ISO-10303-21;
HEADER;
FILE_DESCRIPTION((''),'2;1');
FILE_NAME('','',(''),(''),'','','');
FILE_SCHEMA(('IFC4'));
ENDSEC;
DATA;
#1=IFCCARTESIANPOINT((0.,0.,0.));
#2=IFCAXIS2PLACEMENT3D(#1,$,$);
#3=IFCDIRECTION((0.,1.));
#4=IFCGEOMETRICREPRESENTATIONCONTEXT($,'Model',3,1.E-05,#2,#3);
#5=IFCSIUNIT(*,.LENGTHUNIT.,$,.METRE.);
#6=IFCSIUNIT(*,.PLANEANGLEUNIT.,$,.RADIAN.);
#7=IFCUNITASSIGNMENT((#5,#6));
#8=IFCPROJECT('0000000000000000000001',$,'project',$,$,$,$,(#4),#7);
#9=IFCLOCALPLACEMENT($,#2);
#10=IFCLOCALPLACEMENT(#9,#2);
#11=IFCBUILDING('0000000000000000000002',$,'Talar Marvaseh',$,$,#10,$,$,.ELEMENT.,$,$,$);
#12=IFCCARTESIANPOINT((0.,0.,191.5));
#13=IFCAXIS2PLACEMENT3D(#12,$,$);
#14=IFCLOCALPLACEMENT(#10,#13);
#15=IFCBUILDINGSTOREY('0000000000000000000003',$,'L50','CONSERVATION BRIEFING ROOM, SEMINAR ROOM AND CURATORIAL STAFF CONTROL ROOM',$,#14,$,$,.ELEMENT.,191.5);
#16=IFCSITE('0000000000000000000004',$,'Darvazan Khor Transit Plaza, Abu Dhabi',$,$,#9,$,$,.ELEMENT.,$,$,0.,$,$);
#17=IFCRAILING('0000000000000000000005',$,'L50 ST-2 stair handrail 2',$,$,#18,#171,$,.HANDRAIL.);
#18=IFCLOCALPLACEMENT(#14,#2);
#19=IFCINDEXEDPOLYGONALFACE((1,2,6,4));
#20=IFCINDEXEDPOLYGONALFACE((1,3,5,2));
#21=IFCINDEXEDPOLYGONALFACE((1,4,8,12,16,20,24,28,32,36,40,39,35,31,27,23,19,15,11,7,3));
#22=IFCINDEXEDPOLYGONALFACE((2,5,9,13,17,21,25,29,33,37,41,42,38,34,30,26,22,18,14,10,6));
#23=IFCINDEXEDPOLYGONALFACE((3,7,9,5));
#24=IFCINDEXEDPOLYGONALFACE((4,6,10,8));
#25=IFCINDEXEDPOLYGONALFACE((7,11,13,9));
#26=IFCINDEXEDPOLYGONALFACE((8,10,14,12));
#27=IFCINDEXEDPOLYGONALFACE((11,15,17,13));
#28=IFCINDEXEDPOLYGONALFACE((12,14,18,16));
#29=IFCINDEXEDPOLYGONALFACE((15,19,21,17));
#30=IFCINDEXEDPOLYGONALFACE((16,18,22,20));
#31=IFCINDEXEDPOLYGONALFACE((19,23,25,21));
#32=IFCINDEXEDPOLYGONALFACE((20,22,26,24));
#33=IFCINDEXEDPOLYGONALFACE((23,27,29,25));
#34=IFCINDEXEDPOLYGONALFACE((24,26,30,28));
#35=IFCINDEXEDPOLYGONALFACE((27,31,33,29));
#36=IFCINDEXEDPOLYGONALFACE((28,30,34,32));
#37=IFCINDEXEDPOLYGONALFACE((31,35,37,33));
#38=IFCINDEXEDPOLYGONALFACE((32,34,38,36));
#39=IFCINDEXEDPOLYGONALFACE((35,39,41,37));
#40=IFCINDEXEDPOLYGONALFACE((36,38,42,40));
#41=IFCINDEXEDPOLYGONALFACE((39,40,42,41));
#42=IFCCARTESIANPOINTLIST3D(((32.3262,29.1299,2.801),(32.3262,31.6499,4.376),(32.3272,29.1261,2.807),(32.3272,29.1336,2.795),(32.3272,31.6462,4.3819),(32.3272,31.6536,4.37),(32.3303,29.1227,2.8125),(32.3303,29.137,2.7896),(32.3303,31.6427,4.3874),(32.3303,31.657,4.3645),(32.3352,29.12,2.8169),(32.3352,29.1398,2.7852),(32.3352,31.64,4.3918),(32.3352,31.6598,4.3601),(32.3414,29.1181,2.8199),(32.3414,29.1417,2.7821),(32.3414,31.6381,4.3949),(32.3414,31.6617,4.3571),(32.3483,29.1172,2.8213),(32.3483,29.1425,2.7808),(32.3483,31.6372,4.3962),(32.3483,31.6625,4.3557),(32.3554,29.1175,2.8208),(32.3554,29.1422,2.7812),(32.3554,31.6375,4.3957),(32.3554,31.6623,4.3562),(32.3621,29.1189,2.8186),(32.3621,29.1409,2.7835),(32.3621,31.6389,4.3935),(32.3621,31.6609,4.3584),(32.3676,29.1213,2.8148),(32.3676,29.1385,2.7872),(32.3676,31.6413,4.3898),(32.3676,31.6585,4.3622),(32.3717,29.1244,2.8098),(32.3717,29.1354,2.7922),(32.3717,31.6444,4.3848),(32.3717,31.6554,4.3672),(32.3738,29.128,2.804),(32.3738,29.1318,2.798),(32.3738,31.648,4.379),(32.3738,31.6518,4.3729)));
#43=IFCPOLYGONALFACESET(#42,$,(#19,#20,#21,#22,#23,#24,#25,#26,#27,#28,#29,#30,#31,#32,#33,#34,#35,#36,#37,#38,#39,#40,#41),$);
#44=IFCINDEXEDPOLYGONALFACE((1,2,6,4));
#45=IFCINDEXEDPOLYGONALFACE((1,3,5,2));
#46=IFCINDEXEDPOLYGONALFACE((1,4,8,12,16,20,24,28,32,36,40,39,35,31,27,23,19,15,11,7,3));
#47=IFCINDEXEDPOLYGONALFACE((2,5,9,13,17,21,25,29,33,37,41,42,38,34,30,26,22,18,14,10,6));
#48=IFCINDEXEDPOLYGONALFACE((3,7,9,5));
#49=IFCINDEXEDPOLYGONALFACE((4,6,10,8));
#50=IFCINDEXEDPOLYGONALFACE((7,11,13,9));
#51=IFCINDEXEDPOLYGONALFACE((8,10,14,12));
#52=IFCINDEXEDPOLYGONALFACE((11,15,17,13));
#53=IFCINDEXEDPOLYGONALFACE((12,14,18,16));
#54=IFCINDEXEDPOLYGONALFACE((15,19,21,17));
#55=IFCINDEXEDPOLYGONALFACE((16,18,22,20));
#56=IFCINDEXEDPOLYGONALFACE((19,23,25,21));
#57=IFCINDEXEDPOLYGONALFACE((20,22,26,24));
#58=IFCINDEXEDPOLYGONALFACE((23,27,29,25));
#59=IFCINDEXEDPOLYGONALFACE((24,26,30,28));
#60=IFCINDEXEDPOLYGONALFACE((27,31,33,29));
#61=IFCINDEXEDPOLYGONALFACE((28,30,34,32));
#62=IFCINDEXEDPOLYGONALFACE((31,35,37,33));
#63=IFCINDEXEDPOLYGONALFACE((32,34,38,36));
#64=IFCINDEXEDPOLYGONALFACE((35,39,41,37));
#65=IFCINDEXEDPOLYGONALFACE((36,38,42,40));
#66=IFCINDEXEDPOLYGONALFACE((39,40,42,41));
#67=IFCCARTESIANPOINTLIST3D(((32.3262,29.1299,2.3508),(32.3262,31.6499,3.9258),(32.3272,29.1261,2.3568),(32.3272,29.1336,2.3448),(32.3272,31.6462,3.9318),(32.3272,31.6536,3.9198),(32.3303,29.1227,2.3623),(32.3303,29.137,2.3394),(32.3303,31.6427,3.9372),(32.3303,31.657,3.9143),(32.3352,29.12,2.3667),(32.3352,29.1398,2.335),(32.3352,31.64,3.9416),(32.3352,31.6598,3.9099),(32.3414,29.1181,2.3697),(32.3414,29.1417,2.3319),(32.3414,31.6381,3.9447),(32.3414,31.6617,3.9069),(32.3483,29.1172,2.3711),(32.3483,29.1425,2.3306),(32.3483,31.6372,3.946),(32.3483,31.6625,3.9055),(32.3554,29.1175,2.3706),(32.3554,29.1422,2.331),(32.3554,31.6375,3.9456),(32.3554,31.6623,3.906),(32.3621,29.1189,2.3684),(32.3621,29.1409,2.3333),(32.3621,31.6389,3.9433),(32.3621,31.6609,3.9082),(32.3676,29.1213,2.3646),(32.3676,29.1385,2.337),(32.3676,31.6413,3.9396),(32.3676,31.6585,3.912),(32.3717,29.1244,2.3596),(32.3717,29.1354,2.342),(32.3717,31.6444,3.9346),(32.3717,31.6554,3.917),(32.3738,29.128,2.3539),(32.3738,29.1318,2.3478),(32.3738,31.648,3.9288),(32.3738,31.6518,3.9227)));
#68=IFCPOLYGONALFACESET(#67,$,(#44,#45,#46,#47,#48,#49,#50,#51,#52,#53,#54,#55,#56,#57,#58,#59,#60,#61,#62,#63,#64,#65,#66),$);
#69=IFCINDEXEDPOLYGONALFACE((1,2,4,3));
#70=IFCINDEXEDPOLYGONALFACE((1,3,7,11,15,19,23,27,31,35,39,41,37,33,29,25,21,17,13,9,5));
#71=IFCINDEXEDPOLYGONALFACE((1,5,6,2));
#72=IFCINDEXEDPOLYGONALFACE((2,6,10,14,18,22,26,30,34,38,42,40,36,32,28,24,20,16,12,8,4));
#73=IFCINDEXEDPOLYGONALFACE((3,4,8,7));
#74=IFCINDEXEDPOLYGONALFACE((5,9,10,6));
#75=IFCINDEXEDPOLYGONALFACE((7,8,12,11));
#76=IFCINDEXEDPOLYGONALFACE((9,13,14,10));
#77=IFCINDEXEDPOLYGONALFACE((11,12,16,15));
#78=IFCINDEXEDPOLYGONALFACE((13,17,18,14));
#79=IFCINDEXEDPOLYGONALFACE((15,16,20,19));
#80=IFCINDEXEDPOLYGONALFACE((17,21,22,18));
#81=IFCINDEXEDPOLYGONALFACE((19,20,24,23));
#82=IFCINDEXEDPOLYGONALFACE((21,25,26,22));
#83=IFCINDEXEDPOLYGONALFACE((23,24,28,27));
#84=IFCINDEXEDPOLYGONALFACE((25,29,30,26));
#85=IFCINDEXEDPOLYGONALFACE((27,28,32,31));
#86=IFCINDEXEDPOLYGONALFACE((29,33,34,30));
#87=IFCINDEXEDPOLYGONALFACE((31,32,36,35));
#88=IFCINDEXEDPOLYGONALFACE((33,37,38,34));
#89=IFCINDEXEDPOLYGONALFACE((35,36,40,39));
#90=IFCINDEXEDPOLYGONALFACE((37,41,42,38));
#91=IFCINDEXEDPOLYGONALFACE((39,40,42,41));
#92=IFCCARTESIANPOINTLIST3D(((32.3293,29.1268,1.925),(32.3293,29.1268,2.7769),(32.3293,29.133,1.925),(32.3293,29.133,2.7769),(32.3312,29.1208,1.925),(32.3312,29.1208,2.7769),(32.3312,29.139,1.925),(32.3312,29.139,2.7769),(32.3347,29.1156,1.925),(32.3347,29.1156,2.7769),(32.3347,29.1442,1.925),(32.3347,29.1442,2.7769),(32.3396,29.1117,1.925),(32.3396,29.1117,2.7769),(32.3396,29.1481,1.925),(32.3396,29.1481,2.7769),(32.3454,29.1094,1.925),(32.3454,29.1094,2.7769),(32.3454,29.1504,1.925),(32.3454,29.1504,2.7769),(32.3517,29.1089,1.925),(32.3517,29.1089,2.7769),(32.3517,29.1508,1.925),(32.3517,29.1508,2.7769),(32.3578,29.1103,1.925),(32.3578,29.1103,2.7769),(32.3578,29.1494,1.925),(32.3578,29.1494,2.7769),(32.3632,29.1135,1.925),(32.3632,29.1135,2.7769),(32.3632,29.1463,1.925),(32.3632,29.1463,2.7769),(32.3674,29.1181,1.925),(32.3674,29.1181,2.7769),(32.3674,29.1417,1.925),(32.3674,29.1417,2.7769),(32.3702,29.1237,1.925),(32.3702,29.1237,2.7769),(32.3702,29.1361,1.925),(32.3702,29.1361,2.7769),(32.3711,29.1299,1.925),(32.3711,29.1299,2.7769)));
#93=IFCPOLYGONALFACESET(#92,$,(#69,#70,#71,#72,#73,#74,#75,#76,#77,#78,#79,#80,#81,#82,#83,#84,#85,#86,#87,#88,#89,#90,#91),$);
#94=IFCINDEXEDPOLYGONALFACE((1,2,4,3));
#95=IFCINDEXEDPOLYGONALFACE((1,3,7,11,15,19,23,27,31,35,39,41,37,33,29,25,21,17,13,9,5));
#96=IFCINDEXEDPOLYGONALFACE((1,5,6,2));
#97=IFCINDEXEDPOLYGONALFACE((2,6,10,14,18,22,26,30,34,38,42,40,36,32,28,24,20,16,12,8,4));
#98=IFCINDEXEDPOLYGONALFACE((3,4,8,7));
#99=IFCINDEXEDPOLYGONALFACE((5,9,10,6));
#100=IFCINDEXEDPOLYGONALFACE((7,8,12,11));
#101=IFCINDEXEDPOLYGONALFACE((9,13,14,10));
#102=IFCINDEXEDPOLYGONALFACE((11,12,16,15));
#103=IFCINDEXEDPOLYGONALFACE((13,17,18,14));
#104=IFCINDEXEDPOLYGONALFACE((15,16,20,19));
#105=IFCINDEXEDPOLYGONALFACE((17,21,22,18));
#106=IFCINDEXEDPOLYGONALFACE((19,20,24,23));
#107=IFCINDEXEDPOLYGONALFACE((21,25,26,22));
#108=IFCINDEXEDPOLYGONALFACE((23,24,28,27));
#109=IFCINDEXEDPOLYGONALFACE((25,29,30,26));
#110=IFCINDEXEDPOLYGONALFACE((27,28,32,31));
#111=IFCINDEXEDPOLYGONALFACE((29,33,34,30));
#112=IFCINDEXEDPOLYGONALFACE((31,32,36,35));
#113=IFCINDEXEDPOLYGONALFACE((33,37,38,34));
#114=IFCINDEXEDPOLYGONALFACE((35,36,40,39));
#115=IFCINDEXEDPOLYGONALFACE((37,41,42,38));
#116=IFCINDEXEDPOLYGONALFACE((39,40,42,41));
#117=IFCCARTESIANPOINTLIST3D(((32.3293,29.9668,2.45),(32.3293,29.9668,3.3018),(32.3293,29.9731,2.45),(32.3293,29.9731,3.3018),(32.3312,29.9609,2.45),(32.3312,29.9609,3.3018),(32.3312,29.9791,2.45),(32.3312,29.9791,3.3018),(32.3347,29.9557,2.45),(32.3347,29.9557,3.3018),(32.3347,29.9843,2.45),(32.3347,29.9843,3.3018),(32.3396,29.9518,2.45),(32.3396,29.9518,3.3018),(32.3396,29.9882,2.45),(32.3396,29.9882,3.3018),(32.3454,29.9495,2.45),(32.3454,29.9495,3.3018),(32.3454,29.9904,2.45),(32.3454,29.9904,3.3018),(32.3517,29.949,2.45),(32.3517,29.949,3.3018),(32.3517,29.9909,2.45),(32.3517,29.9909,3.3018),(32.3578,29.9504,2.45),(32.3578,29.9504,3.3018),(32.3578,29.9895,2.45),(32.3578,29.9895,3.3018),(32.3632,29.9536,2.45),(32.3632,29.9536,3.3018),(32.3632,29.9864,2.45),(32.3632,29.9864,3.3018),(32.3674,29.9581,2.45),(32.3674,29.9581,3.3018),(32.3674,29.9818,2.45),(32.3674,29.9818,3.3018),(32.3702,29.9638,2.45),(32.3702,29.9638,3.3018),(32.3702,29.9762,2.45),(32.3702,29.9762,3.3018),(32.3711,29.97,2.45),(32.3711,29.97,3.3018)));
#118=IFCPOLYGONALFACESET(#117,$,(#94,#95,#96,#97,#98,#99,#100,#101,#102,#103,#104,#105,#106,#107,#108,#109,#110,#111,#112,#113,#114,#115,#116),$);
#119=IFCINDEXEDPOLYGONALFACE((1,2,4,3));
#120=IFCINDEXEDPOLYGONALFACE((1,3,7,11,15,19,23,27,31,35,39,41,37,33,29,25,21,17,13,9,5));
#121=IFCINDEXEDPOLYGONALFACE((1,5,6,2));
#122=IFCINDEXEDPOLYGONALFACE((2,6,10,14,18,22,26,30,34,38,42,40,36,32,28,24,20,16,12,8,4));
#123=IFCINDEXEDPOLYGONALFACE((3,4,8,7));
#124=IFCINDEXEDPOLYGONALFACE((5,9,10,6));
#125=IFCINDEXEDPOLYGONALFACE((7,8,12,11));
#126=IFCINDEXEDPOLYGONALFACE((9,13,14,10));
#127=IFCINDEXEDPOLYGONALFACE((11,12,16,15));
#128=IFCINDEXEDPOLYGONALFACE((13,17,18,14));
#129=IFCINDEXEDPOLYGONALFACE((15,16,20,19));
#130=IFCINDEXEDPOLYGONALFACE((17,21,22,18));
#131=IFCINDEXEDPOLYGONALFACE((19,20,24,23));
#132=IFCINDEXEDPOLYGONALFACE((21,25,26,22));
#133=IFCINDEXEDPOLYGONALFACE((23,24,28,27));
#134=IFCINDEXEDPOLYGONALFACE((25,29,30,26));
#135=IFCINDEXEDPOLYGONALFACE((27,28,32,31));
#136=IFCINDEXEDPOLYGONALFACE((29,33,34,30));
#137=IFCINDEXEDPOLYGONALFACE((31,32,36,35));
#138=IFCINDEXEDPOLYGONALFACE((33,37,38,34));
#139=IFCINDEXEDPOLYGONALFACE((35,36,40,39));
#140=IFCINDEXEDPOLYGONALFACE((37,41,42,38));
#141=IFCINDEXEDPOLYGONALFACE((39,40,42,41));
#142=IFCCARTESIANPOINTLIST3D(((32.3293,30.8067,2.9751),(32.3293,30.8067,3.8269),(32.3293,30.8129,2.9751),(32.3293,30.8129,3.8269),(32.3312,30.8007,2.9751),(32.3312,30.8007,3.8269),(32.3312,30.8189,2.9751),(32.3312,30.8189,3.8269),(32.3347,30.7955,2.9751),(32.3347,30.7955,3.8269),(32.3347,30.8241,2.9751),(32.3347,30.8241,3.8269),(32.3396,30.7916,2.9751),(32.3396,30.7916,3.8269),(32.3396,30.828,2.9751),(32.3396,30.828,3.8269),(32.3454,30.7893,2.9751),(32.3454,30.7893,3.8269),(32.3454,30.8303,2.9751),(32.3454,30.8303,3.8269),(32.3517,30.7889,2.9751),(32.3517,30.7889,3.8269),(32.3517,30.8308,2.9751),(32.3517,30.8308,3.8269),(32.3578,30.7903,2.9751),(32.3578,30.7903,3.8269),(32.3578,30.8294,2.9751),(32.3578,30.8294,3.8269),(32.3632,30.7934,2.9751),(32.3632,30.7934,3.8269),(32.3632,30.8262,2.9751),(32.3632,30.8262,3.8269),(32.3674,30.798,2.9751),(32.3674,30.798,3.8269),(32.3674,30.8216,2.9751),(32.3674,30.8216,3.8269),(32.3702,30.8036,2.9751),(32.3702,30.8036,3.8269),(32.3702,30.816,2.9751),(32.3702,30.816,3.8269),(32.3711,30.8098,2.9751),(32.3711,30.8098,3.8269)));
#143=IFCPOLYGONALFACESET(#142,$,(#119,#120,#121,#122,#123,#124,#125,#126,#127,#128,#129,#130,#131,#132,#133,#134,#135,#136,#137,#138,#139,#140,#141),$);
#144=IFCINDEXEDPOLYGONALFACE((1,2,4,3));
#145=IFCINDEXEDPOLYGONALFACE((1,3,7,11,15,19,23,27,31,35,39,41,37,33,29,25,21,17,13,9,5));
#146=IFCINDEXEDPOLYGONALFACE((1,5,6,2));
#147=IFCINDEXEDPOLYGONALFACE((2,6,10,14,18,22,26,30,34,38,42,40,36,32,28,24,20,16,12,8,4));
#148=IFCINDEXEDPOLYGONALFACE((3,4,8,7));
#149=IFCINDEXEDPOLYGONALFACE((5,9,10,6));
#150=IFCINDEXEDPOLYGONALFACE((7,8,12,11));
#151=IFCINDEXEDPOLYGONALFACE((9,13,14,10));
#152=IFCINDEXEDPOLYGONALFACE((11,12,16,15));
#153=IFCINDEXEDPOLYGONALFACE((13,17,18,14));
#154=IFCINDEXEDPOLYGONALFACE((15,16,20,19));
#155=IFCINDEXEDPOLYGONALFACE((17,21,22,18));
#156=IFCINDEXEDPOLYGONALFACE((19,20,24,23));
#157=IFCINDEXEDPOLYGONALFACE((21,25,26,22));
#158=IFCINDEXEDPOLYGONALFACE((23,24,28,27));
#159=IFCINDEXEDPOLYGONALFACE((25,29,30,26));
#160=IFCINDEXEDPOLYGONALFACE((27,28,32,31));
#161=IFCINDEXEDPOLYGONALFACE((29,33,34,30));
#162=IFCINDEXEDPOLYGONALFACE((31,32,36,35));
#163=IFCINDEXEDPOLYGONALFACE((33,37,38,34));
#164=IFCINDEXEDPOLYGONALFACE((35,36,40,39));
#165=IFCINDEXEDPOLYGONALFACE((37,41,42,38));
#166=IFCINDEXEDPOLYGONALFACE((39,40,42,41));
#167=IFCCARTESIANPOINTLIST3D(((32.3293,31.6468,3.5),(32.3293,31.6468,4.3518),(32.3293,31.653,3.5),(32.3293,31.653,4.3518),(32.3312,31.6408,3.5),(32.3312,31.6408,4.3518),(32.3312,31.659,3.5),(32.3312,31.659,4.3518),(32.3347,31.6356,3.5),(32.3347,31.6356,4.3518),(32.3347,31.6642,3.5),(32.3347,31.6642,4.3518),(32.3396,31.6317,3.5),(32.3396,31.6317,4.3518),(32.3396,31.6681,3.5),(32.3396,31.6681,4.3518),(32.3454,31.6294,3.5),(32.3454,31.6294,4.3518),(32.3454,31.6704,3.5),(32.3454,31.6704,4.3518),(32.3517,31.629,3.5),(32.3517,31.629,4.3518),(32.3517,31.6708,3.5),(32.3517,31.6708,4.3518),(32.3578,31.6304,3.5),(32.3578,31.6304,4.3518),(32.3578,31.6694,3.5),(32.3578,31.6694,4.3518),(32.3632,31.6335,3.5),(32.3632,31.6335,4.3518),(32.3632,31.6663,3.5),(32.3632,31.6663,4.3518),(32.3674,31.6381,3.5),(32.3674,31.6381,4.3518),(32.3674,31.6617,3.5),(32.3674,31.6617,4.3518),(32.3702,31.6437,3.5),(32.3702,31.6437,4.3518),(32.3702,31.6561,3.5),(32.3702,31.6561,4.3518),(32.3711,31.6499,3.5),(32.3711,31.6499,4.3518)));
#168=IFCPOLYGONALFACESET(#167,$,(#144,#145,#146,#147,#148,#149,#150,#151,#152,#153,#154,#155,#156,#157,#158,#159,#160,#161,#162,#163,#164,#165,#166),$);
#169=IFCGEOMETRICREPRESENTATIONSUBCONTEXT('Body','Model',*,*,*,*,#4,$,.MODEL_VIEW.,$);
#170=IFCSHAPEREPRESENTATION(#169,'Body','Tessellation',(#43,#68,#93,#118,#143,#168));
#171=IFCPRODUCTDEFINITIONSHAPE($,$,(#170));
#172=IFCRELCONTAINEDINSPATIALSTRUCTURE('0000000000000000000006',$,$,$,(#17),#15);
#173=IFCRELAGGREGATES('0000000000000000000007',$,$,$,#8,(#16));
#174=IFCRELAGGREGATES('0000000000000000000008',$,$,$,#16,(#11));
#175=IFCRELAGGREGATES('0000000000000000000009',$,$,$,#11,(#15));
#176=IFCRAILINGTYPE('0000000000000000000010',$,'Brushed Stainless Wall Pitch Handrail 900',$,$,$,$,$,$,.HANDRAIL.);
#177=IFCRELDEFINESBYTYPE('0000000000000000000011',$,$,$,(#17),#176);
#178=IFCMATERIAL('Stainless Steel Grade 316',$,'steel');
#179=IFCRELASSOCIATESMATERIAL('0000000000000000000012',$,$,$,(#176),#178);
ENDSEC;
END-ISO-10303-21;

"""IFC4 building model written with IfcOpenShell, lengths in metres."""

from ifc_helpers import new_model, si_unit, direction, frame, origin, origin_2d, place, context, subcontext, project, spatial, circle, extrude, material, type_object, element, save


model = new_model("IFC4")

# Units and contexts
model_context = context("Model", 3, precision=1e-05, world=origin(), true_north=direction((0.0, 1.0)))
body_context = subcontext(model_context, "Body", "Model", "MODEL_VIEW")
ifc_project = project(units=[si_unit("LENGTHUNIT", "METRE"), si_unit("PLANEANGLEUNIT", "RADIAN")], contexts=[model_context])

# Site, building, storey
site_placement = place(None, origin())
site = spatial("IfcSite", under=ifc_project, at=site_placement, Name="Darvazan Khor Transit Plaza, Abu Dhabi", CompositionType="ELEMENT", RefElevation=0.0)
building_placement = place(site_placement, origin())
building = spatial("IfcBuilding", under=site, at=building_placement, Name="Talar Marvaseh", CompositionType="ELEMENT")
storey_placement = place(building_placement, frame((0.0, 0.0, 191.5)))
storey = spatial("IfcBuildingStorey", under=building, at=storey_placement, Name="L50", Description="CONSERVATION BRIEFING ROOM, SEMINAR ROOM AND CURATORIAL STAFF CONTROL ROOM", CompositionType="ELEMENT", Elevation=191.5)

# Shared definitions
ifc_material_1 = material(Name="Stainless Steel Grade 316", Category="steel")

# Railing
railing_type_1 = type_object("IfcRailingType", Name="Brushed Stainless Wall Pitch Handrail 900", PredefinedType="HANDRAIL", material=ifc_material_1)
railing_1_placement = place(storey_placement, frame((32.3501, 29.1299, 1.925)))
element("IfcRailing", 1, at=railing_1_placement, inside=storey, type_object=railing_type_1, Name="L50 ST-2 stair handrail 2", PredefinedType="HANDRAIL", context=body_context, shape_type="SweptSolid", body=[
    extrude(circle(Radius=0.0239, at=origin_2d()), frame((0.0, 0.0, 0.876), z_axis=(0.0, 0.848008, 0.529984), x_axis=(-1.0, 0.0, 0.0)), (0.0, 0.0, 1.0), 2.9717),
    extrude(circle(Radius=0.0239, at=origin_2d()), frame((0.0, 0.0, 0.4258), z_axis=(0.0, 0.848008, 0.529984), x_axis=(-1.0, 0.0, 0.0)), (0.0, 0.0, 1.0), 2.9717),
    extrude(circle(Radius=0.021, at=origin_2d()), origin(), (0.0, 0.0, 1.0), 0.8518),
    extrude(circle(Radius=0.021, at=origin_2d()), frame((0.0, 0.8401, 0.5249)), (0.0, 0.0, 1.0), 0.8518),
    extrude(circle(Radius=0.021, at=origin_2d()), frame((0.0, 1.6799, 1.05)), (0.0, 0.0, 1.0), 0.8518),
    extrude(circle(Radius=0.021, at=origin_2d()), frame((0.0, 2.52, 1.575)), (0.0, 0.0, 1.0), 0.8518),
])

save(model, "model.ifc")
